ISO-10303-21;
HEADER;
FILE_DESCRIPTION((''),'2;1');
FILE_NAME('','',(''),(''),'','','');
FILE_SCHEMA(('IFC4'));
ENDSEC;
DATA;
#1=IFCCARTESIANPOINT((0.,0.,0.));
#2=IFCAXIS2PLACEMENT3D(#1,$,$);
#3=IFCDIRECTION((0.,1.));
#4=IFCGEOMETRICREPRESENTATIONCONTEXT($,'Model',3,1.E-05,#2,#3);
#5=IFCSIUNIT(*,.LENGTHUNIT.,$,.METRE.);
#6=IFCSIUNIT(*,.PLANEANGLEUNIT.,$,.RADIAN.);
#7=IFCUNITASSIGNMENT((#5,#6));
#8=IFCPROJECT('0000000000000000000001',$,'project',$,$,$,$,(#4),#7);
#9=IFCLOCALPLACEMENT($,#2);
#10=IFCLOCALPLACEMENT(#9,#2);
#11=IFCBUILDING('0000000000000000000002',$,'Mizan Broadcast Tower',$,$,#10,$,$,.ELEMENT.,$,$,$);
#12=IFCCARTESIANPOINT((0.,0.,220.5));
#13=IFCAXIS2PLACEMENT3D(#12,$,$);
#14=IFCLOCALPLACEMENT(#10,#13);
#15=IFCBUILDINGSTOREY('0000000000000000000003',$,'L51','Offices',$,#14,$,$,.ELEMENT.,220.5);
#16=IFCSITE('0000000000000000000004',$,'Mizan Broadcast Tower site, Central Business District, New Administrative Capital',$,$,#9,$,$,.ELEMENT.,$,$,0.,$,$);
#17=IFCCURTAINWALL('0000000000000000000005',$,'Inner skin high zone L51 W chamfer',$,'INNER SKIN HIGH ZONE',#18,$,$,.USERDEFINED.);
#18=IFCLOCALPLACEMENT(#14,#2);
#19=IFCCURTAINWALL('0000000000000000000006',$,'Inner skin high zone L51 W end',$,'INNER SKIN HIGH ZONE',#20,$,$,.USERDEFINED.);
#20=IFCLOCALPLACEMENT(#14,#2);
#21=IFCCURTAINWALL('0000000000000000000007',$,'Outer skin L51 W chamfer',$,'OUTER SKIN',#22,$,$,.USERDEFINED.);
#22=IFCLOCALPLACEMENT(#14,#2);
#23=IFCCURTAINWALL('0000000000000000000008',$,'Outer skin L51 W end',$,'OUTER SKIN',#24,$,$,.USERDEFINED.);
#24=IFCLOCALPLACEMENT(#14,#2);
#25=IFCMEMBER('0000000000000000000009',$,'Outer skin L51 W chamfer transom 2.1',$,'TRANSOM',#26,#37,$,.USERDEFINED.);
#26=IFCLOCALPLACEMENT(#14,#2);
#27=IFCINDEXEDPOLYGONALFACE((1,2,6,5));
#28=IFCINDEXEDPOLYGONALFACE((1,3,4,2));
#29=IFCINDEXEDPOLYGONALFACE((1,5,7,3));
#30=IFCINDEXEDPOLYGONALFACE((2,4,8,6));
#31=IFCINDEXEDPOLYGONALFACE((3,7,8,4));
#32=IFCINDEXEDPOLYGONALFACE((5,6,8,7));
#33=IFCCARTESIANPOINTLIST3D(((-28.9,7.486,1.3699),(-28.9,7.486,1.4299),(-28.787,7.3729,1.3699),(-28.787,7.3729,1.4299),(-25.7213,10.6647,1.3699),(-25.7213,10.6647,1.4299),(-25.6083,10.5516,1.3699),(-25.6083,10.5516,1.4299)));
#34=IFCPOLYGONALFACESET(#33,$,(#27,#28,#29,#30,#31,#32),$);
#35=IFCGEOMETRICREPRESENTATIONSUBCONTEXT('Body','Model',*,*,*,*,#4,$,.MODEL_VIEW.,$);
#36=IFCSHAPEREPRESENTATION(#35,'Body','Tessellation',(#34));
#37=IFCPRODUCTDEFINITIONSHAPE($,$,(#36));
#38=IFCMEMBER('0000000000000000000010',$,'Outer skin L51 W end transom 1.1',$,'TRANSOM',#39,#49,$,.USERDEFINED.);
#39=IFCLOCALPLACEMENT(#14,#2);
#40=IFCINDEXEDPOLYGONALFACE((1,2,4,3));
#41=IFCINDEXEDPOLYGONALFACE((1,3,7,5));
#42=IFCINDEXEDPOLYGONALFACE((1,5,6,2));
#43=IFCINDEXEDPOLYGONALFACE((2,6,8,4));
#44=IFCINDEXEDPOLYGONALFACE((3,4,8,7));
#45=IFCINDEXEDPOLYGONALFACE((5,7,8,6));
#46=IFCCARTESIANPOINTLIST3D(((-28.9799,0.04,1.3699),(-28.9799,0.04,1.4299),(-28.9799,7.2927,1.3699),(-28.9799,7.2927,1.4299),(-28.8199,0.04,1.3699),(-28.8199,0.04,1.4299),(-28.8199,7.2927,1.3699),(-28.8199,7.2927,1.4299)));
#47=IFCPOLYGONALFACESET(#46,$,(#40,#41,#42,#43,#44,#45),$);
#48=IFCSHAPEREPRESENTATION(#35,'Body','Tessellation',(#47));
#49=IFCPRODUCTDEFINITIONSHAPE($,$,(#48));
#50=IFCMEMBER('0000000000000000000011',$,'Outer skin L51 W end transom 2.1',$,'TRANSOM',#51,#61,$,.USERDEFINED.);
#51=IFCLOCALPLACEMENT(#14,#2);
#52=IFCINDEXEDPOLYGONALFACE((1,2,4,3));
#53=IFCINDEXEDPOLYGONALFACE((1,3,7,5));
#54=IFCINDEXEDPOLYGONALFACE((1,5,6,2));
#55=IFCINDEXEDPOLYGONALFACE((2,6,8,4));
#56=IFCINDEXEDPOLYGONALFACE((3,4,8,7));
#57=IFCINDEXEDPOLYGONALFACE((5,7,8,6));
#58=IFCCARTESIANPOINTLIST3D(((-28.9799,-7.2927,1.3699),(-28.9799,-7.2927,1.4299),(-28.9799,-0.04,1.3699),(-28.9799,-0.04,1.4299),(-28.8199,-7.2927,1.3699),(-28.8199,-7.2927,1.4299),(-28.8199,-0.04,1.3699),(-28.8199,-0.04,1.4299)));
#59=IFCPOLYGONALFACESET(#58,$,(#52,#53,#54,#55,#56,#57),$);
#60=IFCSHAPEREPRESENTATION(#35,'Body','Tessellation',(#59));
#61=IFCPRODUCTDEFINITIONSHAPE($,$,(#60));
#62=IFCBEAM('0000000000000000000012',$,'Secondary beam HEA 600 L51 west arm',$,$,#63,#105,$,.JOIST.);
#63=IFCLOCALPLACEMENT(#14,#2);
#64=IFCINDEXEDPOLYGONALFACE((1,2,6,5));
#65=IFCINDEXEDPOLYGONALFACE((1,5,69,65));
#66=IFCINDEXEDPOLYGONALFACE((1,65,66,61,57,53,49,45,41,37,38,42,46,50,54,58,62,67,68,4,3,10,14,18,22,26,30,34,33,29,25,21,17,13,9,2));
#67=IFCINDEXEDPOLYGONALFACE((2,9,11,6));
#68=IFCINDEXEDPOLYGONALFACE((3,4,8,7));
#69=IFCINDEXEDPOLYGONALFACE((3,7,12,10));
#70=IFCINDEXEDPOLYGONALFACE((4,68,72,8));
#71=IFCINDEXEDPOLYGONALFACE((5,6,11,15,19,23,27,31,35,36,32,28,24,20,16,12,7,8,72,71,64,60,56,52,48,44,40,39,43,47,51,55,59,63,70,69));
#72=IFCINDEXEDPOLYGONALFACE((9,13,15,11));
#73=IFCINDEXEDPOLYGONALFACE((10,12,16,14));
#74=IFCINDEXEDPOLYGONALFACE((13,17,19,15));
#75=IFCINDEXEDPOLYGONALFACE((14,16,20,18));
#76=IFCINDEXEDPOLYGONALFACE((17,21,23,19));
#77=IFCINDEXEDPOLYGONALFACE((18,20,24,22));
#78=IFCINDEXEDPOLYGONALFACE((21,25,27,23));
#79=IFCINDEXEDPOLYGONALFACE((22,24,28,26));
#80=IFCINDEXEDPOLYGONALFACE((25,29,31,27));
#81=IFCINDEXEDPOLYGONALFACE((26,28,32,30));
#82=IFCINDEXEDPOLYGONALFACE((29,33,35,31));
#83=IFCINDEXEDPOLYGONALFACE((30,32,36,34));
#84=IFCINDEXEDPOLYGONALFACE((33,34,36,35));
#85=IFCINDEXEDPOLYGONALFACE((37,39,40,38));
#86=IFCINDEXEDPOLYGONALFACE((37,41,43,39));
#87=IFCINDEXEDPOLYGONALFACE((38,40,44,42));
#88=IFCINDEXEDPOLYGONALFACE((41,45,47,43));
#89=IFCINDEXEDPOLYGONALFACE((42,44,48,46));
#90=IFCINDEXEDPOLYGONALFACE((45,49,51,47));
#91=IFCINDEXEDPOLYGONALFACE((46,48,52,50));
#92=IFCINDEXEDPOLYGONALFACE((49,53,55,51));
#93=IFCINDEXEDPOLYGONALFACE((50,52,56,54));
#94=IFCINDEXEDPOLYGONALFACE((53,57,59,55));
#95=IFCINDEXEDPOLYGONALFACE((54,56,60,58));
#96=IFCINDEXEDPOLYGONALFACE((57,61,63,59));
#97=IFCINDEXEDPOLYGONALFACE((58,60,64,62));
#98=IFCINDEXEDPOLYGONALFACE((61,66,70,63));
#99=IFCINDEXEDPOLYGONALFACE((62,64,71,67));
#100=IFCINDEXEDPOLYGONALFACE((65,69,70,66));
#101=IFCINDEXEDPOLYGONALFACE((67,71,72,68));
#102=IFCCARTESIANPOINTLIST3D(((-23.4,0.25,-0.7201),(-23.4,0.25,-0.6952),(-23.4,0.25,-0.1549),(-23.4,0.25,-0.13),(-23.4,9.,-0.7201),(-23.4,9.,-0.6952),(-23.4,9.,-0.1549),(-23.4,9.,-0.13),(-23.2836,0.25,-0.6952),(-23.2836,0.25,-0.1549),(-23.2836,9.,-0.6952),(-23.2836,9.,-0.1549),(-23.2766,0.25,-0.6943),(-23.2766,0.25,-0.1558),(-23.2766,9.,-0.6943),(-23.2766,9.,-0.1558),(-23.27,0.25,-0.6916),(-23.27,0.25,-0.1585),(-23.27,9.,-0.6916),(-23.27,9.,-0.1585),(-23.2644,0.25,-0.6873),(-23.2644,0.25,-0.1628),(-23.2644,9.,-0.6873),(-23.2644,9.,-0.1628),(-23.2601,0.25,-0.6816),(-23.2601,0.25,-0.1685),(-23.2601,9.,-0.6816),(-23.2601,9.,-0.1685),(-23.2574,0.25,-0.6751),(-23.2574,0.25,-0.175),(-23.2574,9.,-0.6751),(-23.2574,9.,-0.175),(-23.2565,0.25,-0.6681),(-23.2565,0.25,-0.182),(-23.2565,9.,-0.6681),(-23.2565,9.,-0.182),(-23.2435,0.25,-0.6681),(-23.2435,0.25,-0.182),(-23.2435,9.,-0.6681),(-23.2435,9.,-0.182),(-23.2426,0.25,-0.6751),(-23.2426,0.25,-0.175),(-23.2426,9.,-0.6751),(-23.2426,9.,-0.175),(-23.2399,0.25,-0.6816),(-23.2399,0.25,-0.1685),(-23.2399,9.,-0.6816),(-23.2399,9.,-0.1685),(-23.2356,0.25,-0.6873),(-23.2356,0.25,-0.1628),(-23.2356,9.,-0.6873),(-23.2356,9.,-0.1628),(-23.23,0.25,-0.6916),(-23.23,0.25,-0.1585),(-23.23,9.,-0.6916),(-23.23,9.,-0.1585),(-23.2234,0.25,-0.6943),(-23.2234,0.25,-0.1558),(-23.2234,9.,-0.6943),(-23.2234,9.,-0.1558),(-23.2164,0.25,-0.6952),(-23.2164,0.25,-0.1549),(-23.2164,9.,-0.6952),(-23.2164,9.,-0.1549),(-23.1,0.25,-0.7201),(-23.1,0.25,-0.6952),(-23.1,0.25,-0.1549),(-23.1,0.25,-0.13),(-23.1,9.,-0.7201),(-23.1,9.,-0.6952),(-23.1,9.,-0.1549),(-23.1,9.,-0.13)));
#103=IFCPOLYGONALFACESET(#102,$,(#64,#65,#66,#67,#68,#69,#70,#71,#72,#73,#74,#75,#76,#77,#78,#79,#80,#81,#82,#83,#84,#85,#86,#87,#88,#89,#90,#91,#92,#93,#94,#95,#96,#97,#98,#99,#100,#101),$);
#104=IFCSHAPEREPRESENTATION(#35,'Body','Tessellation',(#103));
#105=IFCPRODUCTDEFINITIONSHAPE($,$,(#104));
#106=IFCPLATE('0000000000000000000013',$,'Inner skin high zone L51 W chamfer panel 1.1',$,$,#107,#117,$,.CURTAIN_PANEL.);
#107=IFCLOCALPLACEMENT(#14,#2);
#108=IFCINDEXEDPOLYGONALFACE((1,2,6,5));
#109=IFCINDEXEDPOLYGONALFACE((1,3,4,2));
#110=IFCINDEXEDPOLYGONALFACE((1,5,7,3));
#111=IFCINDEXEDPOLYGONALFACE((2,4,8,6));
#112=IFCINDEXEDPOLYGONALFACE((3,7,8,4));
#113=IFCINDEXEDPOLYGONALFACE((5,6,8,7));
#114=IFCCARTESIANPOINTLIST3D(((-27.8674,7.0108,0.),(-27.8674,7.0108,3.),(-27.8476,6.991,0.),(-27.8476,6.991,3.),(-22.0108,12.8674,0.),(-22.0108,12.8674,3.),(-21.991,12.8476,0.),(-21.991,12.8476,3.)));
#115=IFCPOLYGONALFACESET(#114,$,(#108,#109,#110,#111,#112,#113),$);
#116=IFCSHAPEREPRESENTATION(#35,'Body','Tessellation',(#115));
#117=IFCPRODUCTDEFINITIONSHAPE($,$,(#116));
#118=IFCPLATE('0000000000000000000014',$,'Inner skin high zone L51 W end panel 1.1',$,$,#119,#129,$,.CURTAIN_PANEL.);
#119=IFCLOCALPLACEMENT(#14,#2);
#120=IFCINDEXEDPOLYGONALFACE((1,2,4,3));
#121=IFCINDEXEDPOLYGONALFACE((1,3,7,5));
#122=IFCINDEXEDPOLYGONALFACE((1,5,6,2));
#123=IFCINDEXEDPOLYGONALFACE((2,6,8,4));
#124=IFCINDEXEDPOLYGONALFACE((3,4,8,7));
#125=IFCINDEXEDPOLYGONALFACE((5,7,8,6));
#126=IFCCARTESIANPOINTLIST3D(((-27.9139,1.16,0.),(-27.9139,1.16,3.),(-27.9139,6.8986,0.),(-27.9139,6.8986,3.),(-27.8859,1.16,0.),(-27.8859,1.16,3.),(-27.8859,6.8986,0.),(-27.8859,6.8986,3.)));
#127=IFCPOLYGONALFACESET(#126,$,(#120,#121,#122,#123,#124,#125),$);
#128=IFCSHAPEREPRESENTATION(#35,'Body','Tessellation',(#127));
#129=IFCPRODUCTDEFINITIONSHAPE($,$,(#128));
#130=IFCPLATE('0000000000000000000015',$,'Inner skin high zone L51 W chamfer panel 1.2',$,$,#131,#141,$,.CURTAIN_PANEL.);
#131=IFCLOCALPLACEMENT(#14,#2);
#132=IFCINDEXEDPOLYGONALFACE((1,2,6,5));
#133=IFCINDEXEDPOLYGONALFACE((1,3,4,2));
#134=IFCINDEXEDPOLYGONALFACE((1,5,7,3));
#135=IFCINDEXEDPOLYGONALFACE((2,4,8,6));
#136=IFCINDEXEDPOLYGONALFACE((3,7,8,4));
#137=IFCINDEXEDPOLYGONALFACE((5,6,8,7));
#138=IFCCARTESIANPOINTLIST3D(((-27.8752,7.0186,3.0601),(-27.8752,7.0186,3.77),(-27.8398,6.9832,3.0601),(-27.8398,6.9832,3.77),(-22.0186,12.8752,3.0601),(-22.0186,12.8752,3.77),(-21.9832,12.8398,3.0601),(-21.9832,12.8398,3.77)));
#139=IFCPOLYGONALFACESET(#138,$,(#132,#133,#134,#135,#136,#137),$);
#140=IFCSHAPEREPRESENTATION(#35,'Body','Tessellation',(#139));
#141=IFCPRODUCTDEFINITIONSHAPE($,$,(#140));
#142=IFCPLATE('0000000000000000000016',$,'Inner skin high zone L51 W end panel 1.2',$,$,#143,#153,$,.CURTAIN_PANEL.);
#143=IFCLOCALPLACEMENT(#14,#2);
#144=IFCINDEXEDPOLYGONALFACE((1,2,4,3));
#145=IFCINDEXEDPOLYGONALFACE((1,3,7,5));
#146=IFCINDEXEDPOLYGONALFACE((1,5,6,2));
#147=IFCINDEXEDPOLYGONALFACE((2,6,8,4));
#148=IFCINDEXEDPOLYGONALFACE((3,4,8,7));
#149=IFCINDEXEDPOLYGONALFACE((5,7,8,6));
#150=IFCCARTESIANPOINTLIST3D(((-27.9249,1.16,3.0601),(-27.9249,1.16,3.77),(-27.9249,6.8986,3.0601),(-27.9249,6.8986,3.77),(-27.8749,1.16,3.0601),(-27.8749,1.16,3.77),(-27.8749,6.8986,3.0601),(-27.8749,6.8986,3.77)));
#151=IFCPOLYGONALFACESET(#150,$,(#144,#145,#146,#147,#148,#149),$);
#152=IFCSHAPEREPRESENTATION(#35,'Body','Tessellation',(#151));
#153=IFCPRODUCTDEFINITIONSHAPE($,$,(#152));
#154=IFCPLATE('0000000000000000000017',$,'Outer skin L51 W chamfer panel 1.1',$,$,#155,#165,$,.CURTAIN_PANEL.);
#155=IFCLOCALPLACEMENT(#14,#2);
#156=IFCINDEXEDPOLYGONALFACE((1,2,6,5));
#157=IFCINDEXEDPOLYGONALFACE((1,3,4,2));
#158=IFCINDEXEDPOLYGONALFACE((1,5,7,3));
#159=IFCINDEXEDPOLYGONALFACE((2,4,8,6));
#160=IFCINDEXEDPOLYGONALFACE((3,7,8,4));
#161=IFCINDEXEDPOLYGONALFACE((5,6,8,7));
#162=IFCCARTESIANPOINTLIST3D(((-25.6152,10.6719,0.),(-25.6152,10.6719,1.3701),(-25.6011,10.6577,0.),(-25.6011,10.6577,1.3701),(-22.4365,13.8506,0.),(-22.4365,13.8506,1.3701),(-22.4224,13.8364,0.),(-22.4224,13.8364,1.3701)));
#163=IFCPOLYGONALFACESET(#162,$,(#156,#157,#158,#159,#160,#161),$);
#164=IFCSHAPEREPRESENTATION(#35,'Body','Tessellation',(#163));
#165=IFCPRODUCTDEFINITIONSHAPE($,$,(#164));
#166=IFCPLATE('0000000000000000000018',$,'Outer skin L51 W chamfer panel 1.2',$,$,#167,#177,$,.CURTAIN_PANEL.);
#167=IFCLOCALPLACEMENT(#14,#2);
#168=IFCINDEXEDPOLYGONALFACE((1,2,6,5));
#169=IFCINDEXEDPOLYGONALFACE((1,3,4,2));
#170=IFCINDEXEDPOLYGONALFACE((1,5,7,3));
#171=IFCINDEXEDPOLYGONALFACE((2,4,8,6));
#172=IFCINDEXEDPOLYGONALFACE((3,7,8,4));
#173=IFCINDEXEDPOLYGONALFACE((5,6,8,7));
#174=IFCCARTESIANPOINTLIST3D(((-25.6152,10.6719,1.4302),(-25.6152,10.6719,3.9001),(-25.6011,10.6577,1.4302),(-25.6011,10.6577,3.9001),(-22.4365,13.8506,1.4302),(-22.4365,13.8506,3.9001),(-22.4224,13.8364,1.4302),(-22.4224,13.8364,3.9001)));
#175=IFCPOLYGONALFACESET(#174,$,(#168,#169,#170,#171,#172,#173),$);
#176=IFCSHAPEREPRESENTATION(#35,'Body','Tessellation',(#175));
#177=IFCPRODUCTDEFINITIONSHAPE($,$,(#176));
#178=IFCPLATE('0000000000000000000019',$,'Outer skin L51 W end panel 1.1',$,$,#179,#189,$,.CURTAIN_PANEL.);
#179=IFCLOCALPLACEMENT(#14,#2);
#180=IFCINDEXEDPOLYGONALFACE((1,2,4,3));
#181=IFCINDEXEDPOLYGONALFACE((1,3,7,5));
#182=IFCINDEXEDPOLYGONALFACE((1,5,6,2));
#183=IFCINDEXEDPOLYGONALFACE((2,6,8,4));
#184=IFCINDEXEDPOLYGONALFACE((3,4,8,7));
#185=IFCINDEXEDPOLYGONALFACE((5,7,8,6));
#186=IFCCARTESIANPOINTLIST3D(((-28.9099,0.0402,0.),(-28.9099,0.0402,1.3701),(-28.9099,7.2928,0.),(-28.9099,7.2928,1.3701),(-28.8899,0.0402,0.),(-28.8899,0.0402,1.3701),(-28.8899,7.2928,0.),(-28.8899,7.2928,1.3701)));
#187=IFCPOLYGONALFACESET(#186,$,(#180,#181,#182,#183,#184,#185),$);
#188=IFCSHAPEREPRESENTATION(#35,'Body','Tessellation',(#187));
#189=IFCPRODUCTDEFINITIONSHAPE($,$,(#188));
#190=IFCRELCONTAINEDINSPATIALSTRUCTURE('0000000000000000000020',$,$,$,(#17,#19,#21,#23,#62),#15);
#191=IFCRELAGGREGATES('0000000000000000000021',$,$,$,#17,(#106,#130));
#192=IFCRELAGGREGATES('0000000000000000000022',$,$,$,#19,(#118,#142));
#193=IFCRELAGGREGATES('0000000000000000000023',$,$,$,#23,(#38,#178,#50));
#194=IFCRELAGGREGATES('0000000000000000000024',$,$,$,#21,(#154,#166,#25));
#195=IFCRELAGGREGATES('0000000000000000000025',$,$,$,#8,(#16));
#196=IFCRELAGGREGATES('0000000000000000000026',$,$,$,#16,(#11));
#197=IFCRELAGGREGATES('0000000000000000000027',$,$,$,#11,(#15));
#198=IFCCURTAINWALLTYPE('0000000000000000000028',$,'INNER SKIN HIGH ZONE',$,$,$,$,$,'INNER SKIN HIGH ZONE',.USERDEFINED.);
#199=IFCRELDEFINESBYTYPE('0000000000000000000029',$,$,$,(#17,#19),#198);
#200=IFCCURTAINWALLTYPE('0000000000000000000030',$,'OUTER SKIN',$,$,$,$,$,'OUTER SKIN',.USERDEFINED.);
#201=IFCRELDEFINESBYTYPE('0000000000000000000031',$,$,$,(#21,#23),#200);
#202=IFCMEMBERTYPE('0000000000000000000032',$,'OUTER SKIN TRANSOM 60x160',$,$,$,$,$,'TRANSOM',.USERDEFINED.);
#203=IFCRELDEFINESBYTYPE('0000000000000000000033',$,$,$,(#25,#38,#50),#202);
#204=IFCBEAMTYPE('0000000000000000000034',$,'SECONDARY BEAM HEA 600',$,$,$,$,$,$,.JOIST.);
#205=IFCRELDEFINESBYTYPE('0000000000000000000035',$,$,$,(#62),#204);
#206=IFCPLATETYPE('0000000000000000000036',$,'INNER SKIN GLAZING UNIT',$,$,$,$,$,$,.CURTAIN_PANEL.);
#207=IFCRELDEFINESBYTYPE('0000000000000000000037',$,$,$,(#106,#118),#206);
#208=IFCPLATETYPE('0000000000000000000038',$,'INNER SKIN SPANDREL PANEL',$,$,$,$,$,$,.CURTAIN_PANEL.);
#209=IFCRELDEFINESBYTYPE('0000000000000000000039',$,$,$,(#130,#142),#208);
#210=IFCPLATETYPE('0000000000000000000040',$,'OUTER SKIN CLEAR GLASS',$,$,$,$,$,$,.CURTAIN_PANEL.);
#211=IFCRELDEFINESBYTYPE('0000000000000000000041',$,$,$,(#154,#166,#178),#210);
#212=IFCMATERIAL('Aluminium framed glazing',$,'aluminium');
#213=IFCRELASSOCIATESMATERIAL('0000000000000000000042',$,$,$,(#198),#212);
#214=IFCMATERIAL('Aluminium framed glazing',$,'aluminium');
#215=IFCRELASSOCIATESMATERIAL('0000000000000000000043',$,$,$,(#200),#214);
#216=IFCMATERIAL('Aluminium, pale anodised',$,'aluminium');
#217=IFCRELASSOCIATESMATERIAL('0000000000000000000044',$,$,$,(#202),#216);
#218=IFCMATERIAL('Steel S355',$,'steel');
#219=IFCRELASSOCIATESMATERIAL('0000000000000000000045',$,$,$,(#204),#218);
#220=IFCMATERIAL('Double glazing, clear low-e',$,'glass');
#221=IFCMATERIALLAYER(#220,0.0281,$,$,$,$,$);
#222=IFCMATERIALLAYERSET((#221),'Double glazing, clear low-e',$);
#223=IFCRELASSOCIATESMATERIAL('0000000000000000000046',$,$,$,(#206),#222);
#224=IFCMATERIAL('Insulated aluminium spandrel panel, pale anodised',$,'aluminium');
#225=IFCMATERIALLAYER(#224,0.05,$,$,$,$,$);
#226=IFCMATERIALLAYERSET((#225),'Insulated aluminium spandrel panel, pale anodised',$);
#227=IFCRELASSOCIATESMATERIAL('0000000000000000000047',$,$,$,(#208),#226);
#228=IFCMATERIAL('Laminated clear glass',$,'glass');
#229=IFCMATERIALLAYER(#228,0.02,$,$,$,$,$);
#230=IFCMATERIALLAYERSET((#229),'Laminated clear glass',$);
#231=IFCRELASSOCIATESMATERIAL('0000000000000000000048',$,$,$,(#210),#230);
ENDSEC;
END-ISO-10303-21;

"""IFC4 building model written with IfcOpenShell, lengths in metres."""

from ifc_helpers import new_model, si_unit, direction, frame, origin, origin_2d, place, context, subcontext, project, spatial, rectangle, i_section, extrude, material, layer, layer_set, material_profile, profile_set, type_object, element, aggregate, save


model = new_model("IFC4")

# Units and contexts
model_context = context("Model", 3, precision=1e-05, world=origin(), true_north=direction((0.0, 1.0)))
body_context = subcontext(model_context, "Body", "Model", "MODEL_VIEW")
ifc_project = project(units=[si_unit("LENGTHUNIT", "METRE"), si_unit("PLANEANGLEUNIT", "RADIAN")], contexts=[model_context])

# Site, building, storey
site_placement = place(None, origin())
site = spatial("IfcSite", under=ifc_project, at=site_placement, Name="Mizan Broadcast Tower site, Central Business District, New Administrative Capital", CompositionType="ELEMENT", RefElevation=0.0)
building_placement = place(site_placement, origin())
building = spatial("IfcBuilding", under=site, at=building_placement, Name="Mizan Broadcast Tower", CompositionType="ELEMENT")
storey_placement = place(building_placement, frame((0.0, 0.0, 220.5)))
storey = spatial("IfcBuildingStorey", under=building, at=storey_placement, Name="L51", Description="Offices", CompositionType="ELEMENT", Elevation=220.5)

# Curtain walls
ifc_material_1 = material(Name="Aluminium framed glazing", Category="aluminium")
curtain_wall_type_1 = type_object("IfcCurtainWallType", Name="INNER SKIN HIGH ZONE", ElementType="INNER SKIN HIGH ZONE", PredefinedType="USERDEFINED", material=ifc_material_1)
curtain_wall_1_placement = place(storey_placement, origin())
curtain_wall_1 = element("IfcCurtainWall", 1, at=curtain_wall_1_placement, inside=storey, type_object=curtain_wall_type_1, Name="Inner skin high zone L51 W chamfer", ObjectType="INNER SKIN HIGH ZONE", PredefinedType="USERDEFINED")
curtain_wall_2_placement = place(storey_placement, origin())
curtain_wall_2 = element("IfcCurtainWall", 2, at=curtain_wall_2_placement, inside=storey, type_object=curtain_wall_type_1, Name="Inner skin high zone L51 W end", ObjectType="INNER SKIN HIGH ZONE", PredefinedType="USERDEFINED")

# Curtain wall
ifc_material_2 = material(Name="Aluminium framed glazing", Category="aluminium")
curtain_wall_type_2 = type_object("IfcCurtainWallType", Name="OUTER SKIN", ElementType="OUTER SKIN", PredefinedType="USERDEFINED", material=ifc_material_2)
curtain_wall_3_placement = place(storey_placement, origin())
curtain_wall_3 = element("IfcCurtainWall", 3, at=curtain_wall_3_placement, inside=storey, type_object=curtain_wall_type_2, Name="Outer skin L51 W chamfer", ObjectType="OUTER SKIN", PredefinedType="USERDEFINED")

# Curtain wall
curtain_wall_4_placement = place(storey_placement, origin())
curtain_wall_4 = element("IfcCurtainWall", 4, at=curtain_wall_4_placement, inside=storey, type_object=curtain_wall_type_2, Name="Outer skin L51 W end", ObjectType="OUTER SKIN", PredefinedType="USERDEFINED")

# Members
ifc_material_3 = material(Name="Aluminium, pale anodised", Category="aluminium")
ifc_material_profile_1 = material_profile(ifc_material_3, rectangle(XDim=0.1599, YDim=0.0601, at=origin_2d()), Name="TRANSOM 160x60")
ifc_profile_set_1 = profile_set([ifc_material_profile_1], Name="Aluminium, pale anodised")
member_type_1 = type_object("IfcMemberType", Name="OUTER SKIN TRANSOM 60x160", ElementType="TRANSOM", PredefinedType="USERDEFINED", material=ifc_profile_set_1)
member_1_placement = place(storey_placement, frame((-25.6648, 10.6082, 1.3999), z_axis=(-0.707107, -0.707107, 0.0), x_axis=(0.707107, -0.707107, 0.0)))
member_1 = element("IfcMember", 5, at=member_1_placement, type_object=member_type_1, Name="Outer skin L51 W chamfer transom 2.1", ObjectType="TRANSOM", PredefinedType="USERDEFINED", context=body_context, shape_type="SweptSolid", body=[
    extrude(rectangle(XDim=0.1599, YDim=0.0601, at=origin_2d()), origin(), (0.0, 0.0, 1.0), 4.4954),
])
member_2_placement = place(storey_placement, frame((-28.8999, 7.2927, 1.3999), z_axis=(0.0, -1.0, 0.0), x_axis=(1.0, 0.0, 0.0)))
member_2 = element("IfcMember", 6, at=member_2_placement, type_object=member_type_1, Name="Outer skin L51 W end transom 1.1", ObjectType="TRANSOM", PredefinedType="USERDEFINED", context=body_context, shape_type="SweptSolid", body=[
    extrude(rectangle(XDim=0.1599, YDim=0.0601, at=origin_2d()), origin(), (0.0, 0.0, 1.0), 7.2527),
])
member_3_placement = place(storey_placement, frame((-28.8999, -0.04, 1.3999), z_axis=(0.0, -1.0, 0.0), x_axis=(1.0, 0.0, 0.0)))
member_3 = element("IfcMember", 7, at=member_3_placement, type_object=member_type_1, Name="Outer skin L51 W end transom 2.1", ObjectType="TRANSOM", PredefinedType="USERDEFINED", context=body_context, shape_type="SweptSolid", body=[
    extrude(rectangle(XDim=0.1599, YDim=0.0601, at=origin_2d()), origin(), (0.0, 0.0, 1.0), 7.2527),
])

# Beam
ifc_material_4 = material(Name="Steel S355", Category="steel")
ifc_material_profile_2 = material_profile(ifc_material_4, i_section(OverallWidth=0.3, OverallDepth=0.5901, WebThickness=0.0129, FlangeThickness=0.0249, FilletRadius=0.0271, at=origin_2d()), Name="HEA 600")
ifc_profile_set_2 = profile_set([ifc_material_profile_2], Name="Steel S355")
beam_type_1 = type_object("IfcBeamType", Name="SECONDARY BEAM HEA 600", PredefinedType="JOIST", material=ifc_profile_set_2)
beam_1_placement = place(storey_placement, frame((-23.25, 9.0, -0.425), z_axis=(0.0, -1.0, 0.0), x_axis=(1.0, 0.0, 0.0)))
element("IfcBeam", 8, at=beam_1_placement, inside=storey, type_object=beam_type_1, Name="Secondary beam HEA 600 L51 west arm", PredefinedType="JOIST", context=body_context, shape_type="SweptSolid", body=[
    extrude(i_section(OverallWidth=0.3, OverallDepth=0.5901, WebThickness=0.0129, FlangeThickness=0.0249, FilletRadius=0.0271, at=origin_2d()), origin(), (0.0, 0.0, 1.0), 8.75),
])

# Plates
ifc_material_5 = material(Name="Double glazing, clear low-e", Category="glass")
ifc_layer_1 = layer(ifc_material_5, 0.0281)
ifc_layer_set_1 = layer_set([ifc_layer_1], Name="Double glazing, clear low-e")
plate_type_1 = type_object("IfcPlateType", Name="INNER SKIN GLAZING UNIT", PredefinedType="CURTAIN_PANEL", material=ifc_layer_set_1)
plate_1_placement = place(storey_placement, frame((-24.9292, 9.9292, 0.0), z_axis=(0.0, 0.0, 1.0), x_axis=(-0.707107, -0.707107, 0.0)))
plate_1 = element("IfcPlate", 9, at=plate_1_placement, type_object=plate_type_1, Name="Inner skin high zone L51 W chamfer panel 1.1", PredefinedType="CURTAIN_PANEL", context=body_context, shape_type="SweptSolid", body=[
    extrude(rectangle(XDim=8.2825, YDim=0.0281, at=origin_2d()), origin(), (0.0, 0.0, 1.0), 3.0),
])
plate_2_placement = place(storey_placement, frame((-27.8999, 4.0293, 0.0), z_axis=(0.0, 0.0, 1.0), x_axis=(0.0, -1.0, 0.0)))
plate_2 = element("IfcPlate", 10, at=plate_2_placement, type_object=plate_type_1, Name="Inner skin high zone L51 W end panel 1.1", PredefinedType="CURTAIN_PANEL", context=body_context, shape_type="SweptSolid", body=[
    extrude(rectangle(XDim=5.7385, YDim=0.0281, at=origin_2d()), origin(), (0.0, 0.0, 1.0), 3.0),
])
ifc_material_6 = material(Name="Insulated aluminium spandrel panel, pale anodised", Category="aluminium")
ifc_layer_2 = layer(ifc_material_6, 0.05)
ifc_layer_set_2 = layer_set([ifc_layer_2], Name="Insulated aluminium spandrel panel, pale anodised")
plate_type_2 = type_object("IfcPlateType", Name="INNER SKIN SPANDREL PANEL", PredefinedType="CURTAIN_PANEL", material=ifc_layer_set_2)
plate_3_placement = place(storey_placement, frame((-24.9292, 9.9292, 3.0601), z_axis=(0.0, 0.0, 1.0), x_axis=(-0.707107, -0.707107, 0.0)))
plate_3 = element("IfcPlate", 11, at=plate_3_placement, type_object=plate_type_2, Name="Inner skin high zone L51 W chamfer panel 1.2", PredefinedType="CURTAIN_PANEL", context=body_context, shape_type="SweptSolid", body=[
    extrude(rectangle(XDim=8.2825, YDim=0.05, at=origin_2d()), origin(), (0.0, 0.0, 1.0), 0.71),
])
aggregate(curtain_wall_1, [plate_1, plate_3])
plate_4_placement = place(storey_placement, frame((-27.8999, 4.0293, 3.0601), z_axis=(0.0, 0.0, 1.0), x_axis=(0.0, -1.0, 0.0)))
plate_4 = element("IfcPlate", 12, at=plate_4_placement, type_object=plate_type_2, Name="Inner skin high zone L51 W end panel 1.2", PredefinedType="CURTAIN_PANEL", context=body_context, shape_type="SweptSolid", body=[
    extrude(rectangle(XDim=5.7385, YDim=0.05, at=origin_2d()), origin(), (0.0, 0.0, 1.0), 0.71),
])
aggregate(curtain_wall_2, [plate_2, plate_4])
ifc_material_7 = material(Name="Laminated clear glass", Category="glass")
ifc_layer_3 = layer(ifc_material_7, 0.02)
ifc_layer_set_3 = layer_set([ifc_layer_3], Name="Laminated clear glass")
plate_type_3 = type_object("IfcPlateType", Name="OUTER SKIN CLEAR GLASS", PredefinedType="CURTAIN_PANEL", material=ifc_layer_set_3)
plate_5_placement = place(storey_placement, frame((-24.0188, 12.2542, 0.0), z_axis=(0.0, 0.0, 1.0), x_axis=(-0.707107, -0.707107, 0.0)))
plate_5 = element("IfcPlate", 13, at=plate_5_placement, type_object=plate_type_3, Name="Outer skin L51 W chamfer panel 1.1", PredefinedType="CURTAIN_PANEL", context=body_context, shape_type="SweptSolid", body=[
    extrude(rectangle(XDim=4.4954, YDim=0.02, at=origin_2d()), origin(), (0.0, 0.0, 1.0), 1.3701),
])
plate_6_placement = place(storey_placement, frame((-24.0188, 12.2542, 1.4302), z_axis=(0.0, 0.0, 1.0), x_axis=(-0.707107, -0.707107, 0.0)))
plate_6 = element("IfcPlate", 14, at=plate_6_placement, type_object=plate_type_3, Name="Outer skin L51 W chamfer panel 1.2", PredefinedType="CURTAIN_PANEL", context=body_context, shape_type="SweptSolid", body=[
    extrude(rectangle(XDim=4.4954, YDim=0.02, at=origin_2d()), origin(), (0.0, 0.0, 1.0), 2.47),
])
plate_7_placement = place(storey_placement, frame((-28.8999, 3.6665, 0.0), z_axis=(0.0, 0.0, 1.0), x_axis=(0.0, -1.0, 0.0)))
plate_7 = element("IfcPlate", 15, at=plate_7_placement, type_object=plate_type_3, Name="Outer skin L51 W end panel 1.1", PredefinedType="CURTAIN_PANEL", context=body_context, shape_type="SweptSolid", body=[
    extrude(rectangle(XDim=7.2527, YDim=0.02, at=origin_2d()), origin(), (0.0, 0.0, 1.0), 1.3701),
])
aggregate(curtain_wall_4, [member_2, plate_7, member_3])
aggregate(curtain_wall_3, [plate_5, plate_6, member_1])

save(model, "model.ifc")
